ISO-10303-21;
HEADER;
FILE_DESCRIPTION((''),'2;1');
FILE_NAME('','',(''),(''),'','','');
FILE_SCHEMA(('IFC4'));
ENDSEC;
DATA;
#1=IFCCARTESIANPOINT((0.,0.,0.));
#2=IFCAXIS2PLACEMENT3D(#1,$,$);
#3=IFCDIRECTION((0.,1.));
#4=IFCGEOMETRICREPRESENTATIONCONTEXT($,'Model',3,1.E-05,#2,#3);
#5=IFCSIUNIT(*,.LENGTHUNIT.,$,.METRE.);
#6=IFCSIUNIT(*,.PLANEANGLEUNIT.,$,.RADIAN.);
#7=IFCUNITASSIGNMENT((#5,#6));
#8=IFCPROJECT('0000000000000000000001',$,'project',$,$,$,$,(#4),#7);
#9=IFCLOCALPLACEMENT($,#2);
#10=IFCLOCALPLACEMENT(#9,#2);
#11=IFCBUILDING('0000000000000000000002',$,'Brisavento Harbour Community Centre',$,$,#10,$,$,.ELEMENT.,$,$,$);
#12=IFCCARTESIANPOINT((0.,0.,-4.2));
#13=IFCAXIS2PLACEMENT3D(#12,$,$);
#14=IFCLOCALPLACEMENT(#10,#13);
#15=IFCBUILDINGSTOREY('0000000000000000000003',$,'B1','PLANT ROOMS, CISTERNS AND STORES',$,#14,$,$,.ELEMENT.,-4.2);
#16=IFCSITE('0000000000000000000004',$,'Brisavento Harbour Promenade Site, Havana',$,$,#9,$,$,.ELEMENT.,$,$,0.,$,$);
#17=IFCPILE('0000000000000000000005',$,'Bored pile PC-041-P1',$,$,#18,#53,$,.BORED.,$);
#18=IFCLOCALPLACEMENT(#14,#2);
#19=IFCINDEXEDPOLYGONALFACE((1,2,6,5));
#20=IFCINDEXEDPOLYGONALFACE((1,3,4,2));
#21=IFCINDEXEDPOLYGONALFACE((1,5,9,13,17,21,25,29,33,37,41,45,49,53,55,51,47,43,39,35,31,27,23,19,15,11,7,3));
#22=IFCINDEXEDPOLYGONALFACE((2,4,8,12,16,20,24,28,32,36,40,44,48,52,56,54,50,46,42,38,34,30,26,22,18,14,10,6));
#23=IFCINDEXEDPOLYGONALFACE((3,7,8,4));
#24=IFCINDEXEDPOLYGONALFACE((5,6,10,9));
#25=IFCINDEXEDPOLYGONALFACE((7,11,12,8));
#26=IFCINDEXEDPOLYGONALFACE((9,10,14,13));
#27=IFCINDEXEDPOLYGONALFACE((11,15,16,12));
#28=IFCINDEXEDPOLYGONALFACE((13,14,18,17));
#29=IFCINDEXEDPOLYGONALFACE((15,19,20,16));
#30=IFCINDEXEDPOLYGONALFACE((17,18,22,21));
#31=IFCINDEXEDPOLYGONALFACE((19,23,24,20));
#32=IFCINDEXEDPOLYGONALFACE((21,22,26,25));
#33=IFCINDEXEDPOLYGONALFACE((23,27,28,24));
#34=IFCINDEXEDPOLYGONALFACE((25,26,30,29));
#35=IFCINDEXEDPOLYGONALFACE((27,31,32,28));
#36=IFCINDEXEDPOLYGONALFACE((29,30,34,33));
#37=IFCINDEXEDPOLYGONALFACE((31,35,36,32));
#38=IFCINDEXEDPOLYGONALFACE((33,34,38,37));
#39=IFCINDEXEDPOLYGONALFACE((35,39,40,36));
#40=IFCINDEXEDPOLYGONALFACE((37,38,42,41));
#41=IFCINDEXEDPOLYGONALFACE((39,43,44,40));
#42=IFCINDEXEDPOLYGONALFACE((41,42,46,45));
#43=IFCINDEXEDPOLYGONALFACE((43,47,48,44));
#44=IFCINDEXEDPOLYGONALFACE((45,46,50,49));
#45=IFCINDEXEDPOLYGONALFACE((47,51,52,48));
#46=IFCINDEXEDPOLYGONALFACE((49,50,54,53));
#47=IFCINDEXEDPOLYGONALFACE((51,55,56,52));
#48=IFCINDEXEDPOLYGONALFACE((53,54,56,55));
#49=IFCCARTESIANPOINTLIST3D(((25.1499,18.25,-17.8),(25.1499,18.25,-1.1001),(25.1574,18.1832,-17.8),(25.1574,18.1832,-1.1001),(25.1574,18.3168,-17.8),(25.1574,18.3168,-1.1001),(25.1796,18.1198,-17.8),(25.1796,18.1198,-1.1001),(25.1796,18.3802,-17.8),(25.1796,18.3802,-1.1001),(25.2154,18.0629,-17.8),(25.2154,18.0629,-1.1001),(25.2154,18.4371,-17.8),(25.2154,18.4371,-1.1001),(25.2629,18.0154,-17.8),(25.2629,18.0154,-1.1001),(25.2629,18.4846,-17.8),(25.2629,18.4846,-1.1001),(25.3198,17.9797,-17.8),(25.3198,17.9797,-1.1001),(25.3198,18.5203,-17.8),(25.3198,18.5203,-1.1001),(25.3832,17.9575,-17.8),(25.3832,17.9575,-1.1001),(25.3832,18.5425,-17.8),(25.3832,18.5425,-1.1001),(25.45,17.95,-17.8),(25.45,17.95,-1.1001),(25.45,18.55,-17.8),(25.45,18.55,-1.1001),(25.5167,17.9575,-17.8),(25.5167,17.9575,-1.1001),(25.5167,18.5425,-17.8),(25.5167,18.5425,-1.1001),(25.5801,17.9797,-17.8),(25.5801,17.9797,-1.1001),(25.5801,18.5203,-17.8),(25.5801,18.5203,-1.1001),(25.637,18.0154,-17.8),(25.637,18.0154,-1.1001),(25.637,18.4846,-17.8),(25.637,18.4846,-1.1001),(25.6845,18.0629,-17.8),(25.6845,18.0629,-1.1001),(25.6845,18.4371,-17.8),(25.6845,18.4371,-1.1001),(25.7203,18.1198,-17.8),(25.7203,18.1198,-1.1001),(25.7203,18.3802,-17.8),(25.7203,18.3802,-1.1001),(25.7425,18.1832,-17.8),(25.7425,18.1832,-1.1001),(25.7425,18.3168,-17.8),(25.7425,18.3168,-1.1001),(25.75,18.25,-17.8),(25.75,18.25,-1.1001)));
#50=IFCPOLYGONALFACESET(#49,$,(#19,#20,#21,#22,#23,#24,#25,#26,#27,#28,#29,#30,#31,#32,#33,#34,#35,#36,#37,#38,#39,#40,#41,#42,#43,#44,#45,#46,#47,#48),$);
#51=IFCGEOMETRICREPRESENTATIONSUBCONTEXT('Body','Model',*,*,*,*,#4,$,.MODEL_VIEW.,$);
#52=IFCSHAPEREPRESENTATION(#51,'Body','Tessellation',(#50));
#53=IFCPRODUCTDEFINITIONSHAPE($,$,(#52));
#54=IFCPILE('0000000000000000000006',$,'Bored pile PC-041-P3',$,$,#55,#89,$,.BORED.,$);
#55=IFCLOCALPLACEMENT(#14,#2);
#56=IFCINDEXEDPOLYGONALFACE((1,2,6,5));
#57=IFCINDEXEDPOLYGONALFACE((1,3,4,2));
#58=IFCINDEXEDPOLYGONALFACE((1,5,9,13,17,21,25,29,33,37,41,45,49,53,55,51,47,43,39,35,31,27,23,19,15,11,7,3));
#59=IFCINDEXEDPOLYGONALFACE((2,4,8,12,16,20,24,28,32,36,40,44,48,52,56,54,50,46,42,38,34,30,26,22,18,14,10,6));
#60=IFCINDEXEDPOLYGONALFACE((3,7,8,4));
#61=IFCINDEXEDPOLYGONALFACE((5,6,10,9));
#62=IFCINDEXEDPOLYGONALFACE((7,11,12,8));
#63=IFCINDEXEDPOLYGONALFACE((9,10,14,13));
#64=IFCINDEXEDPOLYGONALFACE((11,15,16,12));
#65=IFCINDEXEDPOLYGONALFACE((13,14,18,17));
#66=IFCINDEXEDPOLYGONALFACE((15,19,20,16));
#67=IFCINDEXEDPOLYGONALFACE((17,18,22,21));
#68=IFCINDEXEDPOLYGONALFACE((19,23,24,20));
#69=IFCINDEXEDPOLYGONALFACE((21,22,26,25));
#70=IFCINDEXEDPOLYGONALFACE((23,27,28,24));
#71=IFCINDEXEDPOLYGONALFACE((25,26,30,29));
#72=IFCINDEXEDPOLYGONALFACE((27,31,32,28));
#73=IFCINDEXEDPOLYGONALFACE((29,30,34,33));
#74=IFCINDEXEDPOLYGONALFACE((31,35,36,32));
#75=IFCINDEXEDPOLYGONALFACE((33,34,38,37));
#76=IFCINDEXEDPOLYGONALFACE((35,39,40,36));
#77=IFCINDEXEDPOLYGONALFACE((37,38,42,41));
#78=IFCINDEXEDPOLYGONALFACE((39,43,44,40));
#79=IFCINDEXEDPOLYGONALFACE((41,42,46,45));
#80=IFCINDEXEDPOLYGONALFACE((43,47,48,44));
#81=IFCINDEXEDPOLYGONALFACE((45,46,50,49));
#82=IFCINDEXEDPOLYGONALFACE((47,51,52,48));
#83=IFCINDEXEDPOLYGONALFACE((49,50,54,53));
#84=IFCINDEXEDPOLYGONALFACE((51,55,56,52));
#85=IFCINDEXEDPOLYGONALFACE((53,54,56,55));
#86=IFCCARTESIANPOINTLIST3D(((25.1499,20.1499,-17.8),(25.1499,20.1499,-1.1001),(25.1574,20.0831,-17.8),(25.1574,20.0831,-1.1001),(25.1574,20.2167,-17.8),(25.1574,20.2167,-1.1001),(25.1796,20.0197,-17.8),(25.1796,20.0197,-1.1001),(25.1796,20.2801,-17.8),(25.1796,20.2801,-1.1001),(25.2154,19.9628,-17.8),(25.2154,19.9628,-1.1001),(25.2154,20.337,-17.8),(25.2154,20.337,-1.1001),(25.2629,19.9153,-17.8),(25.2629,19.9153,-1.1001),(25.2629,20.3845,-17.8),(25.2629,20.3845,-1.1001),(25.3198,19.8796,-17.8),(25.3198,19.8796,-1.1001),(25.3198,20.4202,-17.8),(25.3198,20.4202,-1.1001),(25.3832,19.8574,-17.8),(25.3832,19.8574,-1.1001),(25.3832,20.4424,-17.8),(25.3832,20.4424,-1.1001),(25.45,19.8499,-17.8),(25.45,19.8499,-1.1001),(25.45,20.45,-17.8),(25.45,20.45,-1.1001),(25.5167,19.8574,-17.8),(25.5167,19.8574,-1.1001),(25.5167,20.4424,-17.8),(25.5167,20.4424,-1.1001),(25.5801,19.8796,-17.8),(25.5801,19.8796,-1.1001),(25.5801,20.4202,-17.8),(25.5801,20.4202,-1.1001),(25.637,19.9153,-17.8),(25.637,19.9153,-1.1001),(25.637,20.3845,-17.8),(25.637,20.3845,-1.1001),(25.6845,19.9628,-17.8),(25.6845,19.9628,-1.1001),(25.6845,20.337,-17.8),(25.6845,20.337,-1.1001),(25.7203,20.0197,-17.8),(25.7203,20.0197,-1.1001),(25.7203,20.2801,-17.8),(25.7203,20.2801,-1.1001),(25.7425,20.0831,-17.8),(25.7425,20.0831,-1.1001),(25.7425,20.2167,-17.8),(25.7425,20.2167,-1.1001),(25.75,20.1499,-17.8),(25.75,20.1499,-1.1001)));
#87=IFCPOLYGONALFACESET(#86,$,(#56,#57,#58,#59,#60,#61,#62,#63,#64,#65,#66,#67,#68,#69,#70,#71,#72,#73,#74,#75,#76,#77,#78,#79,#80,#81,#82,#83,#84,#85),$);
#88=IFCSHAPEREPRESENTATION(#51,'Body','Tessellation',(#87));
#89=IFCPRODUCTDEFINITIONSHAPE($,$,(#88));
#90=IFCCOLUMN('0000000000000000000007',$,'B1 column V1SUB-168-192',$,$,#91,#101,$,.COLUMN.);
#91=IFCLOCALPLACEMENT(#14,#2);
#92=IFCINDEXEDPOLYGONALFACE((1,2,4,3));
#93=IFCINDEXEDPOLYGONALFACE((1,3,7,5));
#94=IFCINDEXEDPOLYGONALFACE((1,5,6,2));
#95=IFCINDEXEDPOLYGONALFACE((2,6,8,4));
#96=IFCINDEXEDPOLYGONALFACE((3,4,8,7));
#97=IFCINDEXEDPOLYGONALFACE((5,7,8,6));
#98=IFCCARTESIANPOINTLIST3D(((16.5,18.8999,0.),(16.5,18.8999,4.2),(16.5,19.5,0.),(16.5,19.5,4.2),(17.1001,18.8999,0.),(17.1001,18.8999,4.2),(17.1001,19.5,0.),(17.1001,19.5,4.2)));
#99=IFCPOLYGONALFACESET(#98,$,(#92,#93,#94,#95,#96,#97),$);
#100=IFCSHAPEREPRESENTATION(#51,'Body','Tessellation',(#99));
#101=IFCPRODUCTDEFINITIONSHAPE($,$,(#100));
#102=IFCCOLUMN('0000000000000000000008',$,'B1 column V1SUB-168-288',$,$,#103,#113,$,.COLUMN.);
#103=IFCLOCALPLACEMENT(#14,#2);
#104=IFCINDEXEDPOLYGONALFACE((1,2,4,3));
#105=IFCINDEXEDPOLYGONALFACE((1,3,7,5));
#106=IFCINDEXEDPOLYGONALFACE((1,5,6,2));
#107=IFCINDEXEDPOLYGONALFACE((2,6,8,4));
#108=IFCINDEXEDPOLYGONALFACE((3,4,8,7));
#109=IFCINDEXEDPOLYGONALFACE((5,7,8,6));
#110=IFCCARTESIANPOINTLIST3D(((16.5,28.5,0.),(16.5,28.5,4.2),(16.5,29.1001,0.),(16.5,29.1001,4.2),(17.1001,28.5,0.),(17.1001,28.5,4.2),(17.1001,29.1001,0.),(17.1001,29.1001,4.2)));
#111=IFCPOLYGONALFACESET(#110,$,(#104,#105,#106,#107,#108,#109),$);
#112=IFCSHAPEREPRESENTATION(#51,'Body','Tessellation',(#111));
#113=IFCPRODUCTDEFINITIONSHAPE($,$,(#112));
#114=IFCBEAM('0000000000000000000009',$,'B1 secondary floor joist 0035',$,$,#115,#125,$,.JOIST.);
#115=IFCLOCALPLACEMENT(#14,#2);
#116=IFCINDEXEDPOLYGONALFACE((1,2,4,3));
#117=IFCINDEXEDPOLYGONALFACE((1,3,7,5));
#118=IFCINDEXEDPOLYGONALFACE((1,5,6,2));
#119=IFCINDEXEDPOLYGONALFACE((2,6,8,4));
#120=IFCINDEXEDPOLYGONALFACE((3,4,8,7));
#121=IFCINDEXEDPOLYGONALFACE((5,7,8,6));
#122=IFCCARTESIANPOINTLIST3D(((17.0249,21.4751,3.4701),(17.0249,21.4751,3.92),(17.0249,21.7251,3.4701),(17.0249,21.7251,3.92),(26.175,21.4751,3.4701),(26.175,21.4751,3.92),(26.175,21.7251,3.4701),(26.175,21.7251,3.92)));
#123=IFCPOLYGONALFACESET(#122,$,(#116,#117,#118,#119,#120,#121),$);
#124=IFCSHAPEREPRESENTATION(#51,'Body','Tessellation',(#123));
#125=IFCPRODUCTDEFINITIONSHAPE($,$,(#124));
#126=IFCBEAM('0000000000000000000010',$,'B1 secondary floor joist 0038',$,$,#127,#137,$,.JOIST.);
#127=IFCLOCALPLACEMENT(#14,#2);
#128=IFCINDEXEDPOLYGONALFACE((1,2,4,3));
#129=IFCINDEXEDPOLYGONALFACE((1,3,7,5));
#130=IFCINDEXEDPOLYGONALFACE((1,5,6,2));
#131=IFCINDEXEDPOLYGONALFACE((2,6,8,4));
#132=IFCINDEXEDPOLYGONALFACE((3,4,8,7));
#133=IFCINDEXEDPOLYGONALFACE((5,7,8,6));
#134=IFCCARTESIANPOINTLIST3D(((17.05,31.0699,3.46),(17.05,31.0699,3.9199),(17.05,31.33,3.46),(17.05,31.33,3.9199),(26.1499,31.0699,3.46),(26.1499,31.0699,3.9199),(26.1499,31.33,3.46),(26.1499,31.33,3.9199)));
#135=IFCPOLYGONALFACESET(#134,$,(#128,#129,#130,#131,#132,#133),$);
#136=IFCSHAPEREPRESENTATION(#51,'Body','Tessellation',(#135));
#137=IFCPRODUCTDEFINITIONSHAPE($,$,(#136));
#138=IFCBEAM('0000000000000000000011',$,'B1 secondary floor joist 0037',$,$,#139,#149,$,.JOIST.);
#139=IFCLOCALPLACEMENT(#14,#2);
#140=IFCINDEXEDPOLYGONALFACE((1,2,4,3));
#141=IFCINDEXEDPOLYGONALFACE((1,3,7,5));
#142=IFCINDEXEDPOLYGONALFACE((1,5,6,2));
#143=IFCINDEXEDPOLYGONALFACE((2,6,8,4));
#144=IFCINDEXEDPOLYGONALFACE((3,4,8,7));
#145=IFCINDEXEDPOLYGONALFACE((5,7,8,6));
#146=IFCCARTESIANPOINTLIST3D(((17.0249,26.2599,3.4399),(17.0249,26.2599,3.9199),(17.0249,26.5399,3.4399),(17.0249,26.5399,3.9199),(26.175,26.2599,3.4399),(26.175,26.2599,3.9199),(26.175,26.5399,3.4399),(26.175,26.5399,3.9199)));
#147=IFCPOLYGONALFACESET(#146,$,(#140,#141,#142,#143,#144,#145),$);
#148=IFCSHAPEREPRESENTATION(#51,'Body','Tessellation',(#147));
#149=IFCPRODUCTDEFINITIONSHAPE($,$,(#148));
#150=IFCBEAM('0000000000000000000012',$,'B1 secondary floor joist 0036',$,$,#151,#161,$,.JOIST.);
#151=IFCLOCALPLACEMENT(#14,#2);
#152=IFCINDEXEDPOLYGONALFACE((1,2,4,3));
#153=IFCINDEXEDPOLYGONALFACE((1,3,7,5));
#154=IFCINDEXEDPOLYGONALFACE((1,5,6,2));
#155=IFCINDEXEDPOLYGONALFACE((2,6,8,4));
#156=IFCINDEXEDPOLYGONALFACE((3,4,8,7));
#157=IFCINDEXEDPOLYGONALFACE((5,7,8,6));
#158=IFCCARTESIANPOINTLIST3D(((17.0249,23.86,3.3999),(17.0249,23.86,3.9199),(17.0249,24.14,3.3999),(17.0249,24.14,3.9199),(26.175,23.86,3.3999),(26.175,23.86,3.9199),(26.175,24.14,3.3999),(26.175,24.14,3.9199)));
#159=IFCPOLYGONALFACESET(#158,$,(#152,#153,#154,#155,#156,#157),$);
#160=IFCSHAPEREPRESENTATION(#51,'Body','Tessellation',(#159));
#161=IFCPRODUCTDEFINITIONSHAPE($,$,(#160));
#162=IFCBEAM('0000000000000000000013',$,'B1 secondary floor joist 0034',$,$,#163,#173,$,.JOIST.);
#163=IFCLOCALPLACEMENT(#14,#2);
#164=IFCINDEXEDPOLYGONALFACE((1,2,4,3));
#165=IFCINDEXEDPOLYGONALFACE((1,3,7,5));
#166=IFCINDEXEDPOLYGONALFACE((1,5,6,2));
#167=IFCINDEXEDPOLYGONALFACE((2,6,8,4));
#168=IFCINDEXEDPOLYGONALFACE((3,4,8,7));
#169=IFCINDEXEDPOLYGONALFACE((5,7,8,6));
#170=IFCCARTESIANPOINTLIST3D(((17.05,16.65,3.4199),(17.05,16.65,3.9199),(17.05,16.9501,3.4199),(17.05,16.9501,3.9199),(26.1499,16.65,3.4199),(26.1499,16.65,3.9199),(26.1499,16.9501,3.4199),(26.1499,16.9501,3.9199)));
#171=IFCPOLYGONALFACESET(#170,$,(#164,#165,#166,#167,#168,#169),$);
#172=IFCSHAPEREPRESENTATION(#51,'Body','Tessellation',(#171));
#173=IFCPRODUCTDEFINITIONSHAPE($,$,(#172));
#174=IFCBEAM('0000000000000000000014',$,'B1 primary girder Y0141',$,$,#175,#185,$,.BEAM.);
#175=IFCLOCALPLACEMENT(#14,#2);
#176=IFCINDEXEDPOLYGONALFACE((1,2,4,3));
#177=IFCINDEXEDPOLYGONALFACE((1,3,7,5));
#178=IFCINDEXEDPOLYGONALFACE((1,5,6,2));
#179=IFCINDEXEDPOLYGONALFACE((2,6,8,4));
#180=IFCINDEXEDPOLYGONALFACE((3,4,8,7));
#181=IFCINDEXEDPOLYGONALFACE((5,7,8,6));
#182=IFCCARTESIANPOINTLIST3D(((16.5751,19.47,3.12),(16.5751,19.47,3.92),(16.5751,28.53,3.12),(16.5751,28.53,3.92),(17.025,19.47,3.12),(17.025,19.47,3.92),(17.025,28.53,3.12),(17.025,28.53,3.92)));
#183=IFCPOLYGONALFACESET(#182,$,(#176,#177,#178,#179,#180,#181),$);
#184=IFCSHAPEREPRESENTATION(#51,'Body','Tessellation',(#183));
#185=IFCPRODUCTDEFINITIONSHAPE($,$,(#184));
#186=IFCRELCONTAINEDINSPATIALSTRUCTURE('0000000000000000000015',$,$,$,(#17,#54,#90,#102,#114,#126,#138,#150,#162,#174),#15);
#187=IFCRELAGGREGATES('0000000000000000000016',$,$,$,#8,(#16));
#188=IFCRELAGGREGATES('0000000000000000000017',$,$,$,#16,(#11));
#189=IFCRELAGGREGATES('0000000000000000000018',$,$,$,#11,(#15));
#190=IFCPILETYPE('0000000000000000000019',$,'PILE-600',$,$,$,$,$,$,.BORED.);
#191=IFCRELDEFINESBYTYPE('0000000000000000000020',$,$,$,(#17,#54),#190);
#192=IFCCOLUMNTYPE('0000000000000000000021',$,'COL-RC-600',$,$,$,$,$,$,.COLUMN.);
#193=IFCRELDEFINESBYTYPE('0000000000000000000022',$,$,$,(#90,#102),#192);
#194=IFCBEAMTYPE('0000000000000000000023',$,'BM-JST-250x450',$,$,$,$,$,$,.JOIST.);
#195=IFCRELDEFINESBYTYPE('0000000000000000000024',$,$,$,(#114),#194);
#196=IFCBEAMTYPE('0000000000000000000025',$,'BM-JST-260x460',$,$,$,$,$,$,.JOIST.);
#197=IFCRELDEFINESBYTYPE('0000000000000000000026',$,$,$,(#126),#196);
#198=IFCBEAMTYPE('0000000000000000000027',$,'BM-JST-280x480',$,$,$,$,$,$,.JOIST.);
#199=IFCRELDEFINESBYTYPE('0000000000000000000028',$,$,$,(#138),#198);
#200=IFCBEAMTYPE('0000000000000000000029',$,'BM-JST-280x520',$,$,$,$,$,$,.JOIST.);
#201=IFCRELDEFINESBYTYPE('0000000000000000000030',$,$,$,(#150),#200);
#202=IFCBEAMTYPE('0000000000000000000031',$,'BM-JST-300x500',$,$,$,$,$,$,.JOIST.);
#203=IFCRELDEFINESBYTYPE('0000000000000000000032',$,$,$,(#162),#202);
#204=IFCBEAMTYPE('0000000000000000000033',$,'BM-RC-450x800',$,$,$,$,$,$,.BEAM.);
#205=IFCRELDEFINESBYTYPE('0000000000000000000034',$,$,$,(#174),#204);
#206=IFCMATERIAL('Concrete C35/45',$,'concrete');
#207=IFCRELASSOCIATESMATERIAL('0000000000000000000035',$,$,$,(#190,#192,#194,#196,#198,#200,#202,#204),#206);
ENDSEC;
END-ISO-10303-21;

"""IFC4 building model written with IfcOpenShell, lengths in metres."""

from ifc_helpers import new_model, si_unit, direction, frame, origin, origin_2d, place, context, subcontext, project, spatial, rectangle, circle, extrude, material, material_profile, profile_set, type_object, element, save


model = new_model("IFC4")

# Units and contexts
model_context = context("Model", 3, precision=1e-05, world=origin(), true_north=direction((0.0, 1.0)))
body_context = subcontext(model_context, "Body", "Model", "MODEL_VIEW")
ifc_project = project(units=[si_unit("LENGTHUNIT", "METRE"), si_unit("PLANEANGLEUNIT", "RADIAN")], contexts=[model_context])

# Site, building, storey
site_placement = place(None, origin())
site = spatial("IfcSite", under=ifc_project, at=site_placement, Name="Brisavento Harbour Promenade Site, Havana", CompositionType="ELEMENT", RefElevation=0.0)
building_placement = place(site_placement, origin())
building = spatial("IfcBuilding", under=site, at=building_placement, Name="Brisavento Harbour Community Centre", CompositionType="ELEMENT")
storey_placement = place(building_placement, frame((0.0, 0.0, -4.2)))
storey = spatial("IfcBuildingStorey", under=building, at=storey_placement, Name="B1", Description="PLANT ROOMS, CISTERNS AND STORES", CompositionType="ELEMENT", Elevation=-4.2)

# Shared definitions
ifc_material_1 = material(Name="Concrete C35/45", Category="concrete")

# Piles
ifc_material_profile_1 = material_profile(ifc_material_1, circle(Radius=0.3, at=origin_2d()), Name="Concrete C35/45")
ifc_profile_set_1 = profile_set([ifc_material_profile_1], Name="Concrete C35/45")
pile_type = type_object("IfcPileType", Name="PILE-600", PredefinedType="BORED", material=ifc_profile_set_1)
for number, where, z_axis, x_axis, name in (
    (1, (25.45, 18.25, -1.1001), (0.0, 0.0, -1.0), (1.0, 0.0, 0.0), "Bored pile PC-041-P1"),
    (2, (25.45, 20.1499, -1.1001), (0.0, 0.0, -1.0), (1.0, 0.0, 0.0), "Bored pile PC-041-P3"),
):
    element("IfcPile", number, at=place(storey_placement, frame(where, z_axis=z_axis, x_axis=x_axis)), inside=storey, type_object=pile_type, Name=name, PredefinedType="BORED", context=body_context, shape_type="SweptSolid", body=[
        extrude(circle(Radius=0.3, at=origin_2d()), origin(), (0.0, 0.0, 1.0), 16.7),
    ])

# Columns
ifc_material_profile_2 = material_profile(ifc_material_1, rectangle(XDim=0.6001, YDim=0.6001, at=origin_2d()), Name="Concrete C35/45")
ifc_profile_set_2 = profile_set([ifc_material_profile_2], Name="Concrete C35/45")
column_type = type_object("IfcColumnType", Name="COL-RC-600", PredefinedType="COLUMN", material=ifc_profile_set_2)
for number, where, z_axis, x_axis, name in (
    (3, (16.8, 19.2, 0.0), (0.0, 0.0, 1.0), (1.0, 0.0, 0.0), "B1 column V1SUB-168-192"),
    (4, (16.8, 28.8, 0.0), (0.0, 0.0, 1.0), (1.0, 0.0, 0.0), "B1 column V1SUB-168-288"),
):
    element("IfcColumn", number, at=place(storey_placement, frame(where, z_axis=z_axis, x_axis=x_axis)), inside=storey, type_object=column_type, Name=name, PredefinedType="COLUMN", context=body_context, shape_type="SweptSolid", body=[
        extrude(rectangle(XDim=0.6001, YDim=0.6001, at=origin_2d()), origin(), (0.0, 0.0, 1.0), 4.2),
    ])

# Beams
ifc_material_profile_3 = material_profile(ifc_material_1, rectangle(XDim=0.25, YDim=0.45, at=origin_2d()), Name="Concrete C35/45")
ifc_profile_set_3 = profile_set([ifc_material_profile_3], Name="Concrete C35/45")
beam_type_1 = type_object("IfcBeamType", Name="BM-JST-250x450", PredefinedType="JOIST", material=ifc_profile_set_3)
beam_1_placement = place(storey_placement, frame((17.0249, 21.6001, 3.6951), z_axis=(1.0, 0.0, 0.0), x_axis=(0.0, 1.0, 0.0)))
element("IfcBeam", 5, at=beam_1_placement, inside=storey, type_object=beam_type_1, Name="B1 secondary floor joist 0035", PredefinedType="JOIST", context=body_context, shape_type="SweptSolid", body=[
    extrude(rectangle(XDim=0.25, YDim=0.45, at=origin_2d()), origin(), (0.0, 0.0, 1.0), 9.1501),
])
ifc_material_profile_4 = material_profile(ifc_material_1, rectangle(XDim=0.26, YDim=0.46, at=origin_2d()), Name="Concrete C35/45")
ifc_profile_set_4 = profile_set([ifc_material_profile_4], Name="Concrete C35/45")
beam_type_2 = type_object("IfcBeamType", Name="BM-JST-260x460", PredefinedType="JOIST", material=ifc_profile_set_4)
beam_2_placement = place(storey_placement, frame((17.05, 31.2, 3.6899), z_axis=(1.0, 0.0, 0.0), x_axis=(0.0, 1.0, 0.0)))
element("IfcBeam", 6, at=beam_2_placement, inside=storey, type_object=beam_type_2, Name="B1 secondary floor joist 0038", PredefinedType="JOIST", context=body_context, shape_type="SweptSolid", body=[
    extrude(rectangle(XDim=0.26, YDim=0.46, at=origin_2d()), origin(), (0.0, 0.0, 1.0), 9.0999),
])
ifc_material_profile_5 = material_profile(ifc_material_1, rectangle(XDim=0.28, YDim=0.48, at=origin_2d()), Name="Concrete C35/45")
ifc_profile_set_5 = profile_set([ifc_material_profile_5], Name="Concrete C35/45")
beam_type_3 = type_object("IfcBeamType", Name="BM-JST-280x480", PredefinedType="JOIST", material=ifc_profile_set_5)
beam_3_placement = place(storey_placement, frame((17.0249, 26.3999, 3.6799), z_axis=(1.0, 0.0, 0.0), x_axis=(0.0, 1.0, 0.0)))
element("IfcBeam", 7, at=beam_3_placement, inside=storey, type_object=beam_type_3, Name="B1 secondary floor joist 0037", PredefinedType="JOIST", context=body_context, shape_type="SweptSolid", body=[
    extrude(rectangle(XDim=0.28, YDim=0.48, at=origin_2d()), origin(), (0.0, 0.0, 1.0), 9.1501),
])
ifc_material_profile_6 = material_profile(ifc_material_1, rectangle(XDim=0.28, YDim=0.52, at=origin_2d()), Name="Concrete C35/45")
ifc_profile_set_6 = profile_set([ifc_material_profile_6], Name="Concrete C35/45")
beam_type_4 = type_object("IfcBeamType", Name="BM-JST-280x520", PredefinedType="JOIST", material=ifc_profile_set_6)
beam_4_placement = place(storey_placement, frame((17.0249, 24.0, 3.6599), z_axis=(1.0, 0.0, 0.0), x_axis=(0.0, 1.0, 0.0)))
element("IfcBeam", 8, at=beam_4_placement, inside=storey, type_object=beam_type_4, Name="B1 secondary floor joist 0036", PredefinedType="JOIST", context=body_context, shape_type="SweptSolid", body=[
    extrude(rectangle(XDim=0.28, YDim=0.52, at=origin_2d()), origin(), (0.0, 0.0, 1.0), 9.1501),
])
ifc_material_profile_7 = material_profile(ifc_material_1, rectangle(XDim=0.3, YDim=0.5, at=origin_2d()), Name="Concrete C35/45")
ifc_profile_set_7 = profile_set([ifc_material_profile_7], Name="Concrete C35/45")
beam_type_5 = type_object("IfcBeamType", Name="BM-JST-300x500", PredefinedType="JOIST", material=ifc_profile_set_7)
beam_5_placement = place(storey_placement, frame((17.05, 16.8, 3.6699), z_axis=(1.0, 0.0, 0.0), x_axis=(0.0, 1.0, 0.0)))
element("IfcBeam", 9, at=beam_5_placement, inside=storey, type_object=beam_type_5, Name="B1 secondary floor joist 0034", PredefinedType="JOIST", context=body_context, shape_type="SweptSolid", body=[
    extrude(rectangle(XDim=0.3, YDim=0.5, at=origin_2d()), origin(), (0.0, 0.0, 1.0), 9.0999),
])
ifc_material_profile_8 = material_profile(ifc_material_1, rectangle(XDim=0.45, YDim=0.8, at=origin_2d()), Name="Concrete C35/45")
ifc_profile_set_8 = profile_set([ifc_material_profile_8], Name="Concrete C35/45")
beam_type_6 = type_object("IfcBeamType", Name="BM-RC-450x800", PredefinedType="BEAM", material=ifc_profile_set_8)
beam_6_placement = place(storey_placement, frame((16.8, 19.47, 3.52), z_axis=(0.0, 1.0, 0.0), x_axis=(-1.0, 0.0, 0.0)))
element("IfcBeam", 10, at=beam_6_placement, inside=storey, type_object=beam_type_6, Name="B1 primary girder Y0141", PredefinedType="BEAM", context=body_context, shape_type="SweptSolid", body=[
    extrude(rectangle(XDim=0.45, YDim=0.8, at=origin_2d()), origin(), (0.0, 0.0, 1.0), 9.0601),
])

save(model, "model.ifc")
